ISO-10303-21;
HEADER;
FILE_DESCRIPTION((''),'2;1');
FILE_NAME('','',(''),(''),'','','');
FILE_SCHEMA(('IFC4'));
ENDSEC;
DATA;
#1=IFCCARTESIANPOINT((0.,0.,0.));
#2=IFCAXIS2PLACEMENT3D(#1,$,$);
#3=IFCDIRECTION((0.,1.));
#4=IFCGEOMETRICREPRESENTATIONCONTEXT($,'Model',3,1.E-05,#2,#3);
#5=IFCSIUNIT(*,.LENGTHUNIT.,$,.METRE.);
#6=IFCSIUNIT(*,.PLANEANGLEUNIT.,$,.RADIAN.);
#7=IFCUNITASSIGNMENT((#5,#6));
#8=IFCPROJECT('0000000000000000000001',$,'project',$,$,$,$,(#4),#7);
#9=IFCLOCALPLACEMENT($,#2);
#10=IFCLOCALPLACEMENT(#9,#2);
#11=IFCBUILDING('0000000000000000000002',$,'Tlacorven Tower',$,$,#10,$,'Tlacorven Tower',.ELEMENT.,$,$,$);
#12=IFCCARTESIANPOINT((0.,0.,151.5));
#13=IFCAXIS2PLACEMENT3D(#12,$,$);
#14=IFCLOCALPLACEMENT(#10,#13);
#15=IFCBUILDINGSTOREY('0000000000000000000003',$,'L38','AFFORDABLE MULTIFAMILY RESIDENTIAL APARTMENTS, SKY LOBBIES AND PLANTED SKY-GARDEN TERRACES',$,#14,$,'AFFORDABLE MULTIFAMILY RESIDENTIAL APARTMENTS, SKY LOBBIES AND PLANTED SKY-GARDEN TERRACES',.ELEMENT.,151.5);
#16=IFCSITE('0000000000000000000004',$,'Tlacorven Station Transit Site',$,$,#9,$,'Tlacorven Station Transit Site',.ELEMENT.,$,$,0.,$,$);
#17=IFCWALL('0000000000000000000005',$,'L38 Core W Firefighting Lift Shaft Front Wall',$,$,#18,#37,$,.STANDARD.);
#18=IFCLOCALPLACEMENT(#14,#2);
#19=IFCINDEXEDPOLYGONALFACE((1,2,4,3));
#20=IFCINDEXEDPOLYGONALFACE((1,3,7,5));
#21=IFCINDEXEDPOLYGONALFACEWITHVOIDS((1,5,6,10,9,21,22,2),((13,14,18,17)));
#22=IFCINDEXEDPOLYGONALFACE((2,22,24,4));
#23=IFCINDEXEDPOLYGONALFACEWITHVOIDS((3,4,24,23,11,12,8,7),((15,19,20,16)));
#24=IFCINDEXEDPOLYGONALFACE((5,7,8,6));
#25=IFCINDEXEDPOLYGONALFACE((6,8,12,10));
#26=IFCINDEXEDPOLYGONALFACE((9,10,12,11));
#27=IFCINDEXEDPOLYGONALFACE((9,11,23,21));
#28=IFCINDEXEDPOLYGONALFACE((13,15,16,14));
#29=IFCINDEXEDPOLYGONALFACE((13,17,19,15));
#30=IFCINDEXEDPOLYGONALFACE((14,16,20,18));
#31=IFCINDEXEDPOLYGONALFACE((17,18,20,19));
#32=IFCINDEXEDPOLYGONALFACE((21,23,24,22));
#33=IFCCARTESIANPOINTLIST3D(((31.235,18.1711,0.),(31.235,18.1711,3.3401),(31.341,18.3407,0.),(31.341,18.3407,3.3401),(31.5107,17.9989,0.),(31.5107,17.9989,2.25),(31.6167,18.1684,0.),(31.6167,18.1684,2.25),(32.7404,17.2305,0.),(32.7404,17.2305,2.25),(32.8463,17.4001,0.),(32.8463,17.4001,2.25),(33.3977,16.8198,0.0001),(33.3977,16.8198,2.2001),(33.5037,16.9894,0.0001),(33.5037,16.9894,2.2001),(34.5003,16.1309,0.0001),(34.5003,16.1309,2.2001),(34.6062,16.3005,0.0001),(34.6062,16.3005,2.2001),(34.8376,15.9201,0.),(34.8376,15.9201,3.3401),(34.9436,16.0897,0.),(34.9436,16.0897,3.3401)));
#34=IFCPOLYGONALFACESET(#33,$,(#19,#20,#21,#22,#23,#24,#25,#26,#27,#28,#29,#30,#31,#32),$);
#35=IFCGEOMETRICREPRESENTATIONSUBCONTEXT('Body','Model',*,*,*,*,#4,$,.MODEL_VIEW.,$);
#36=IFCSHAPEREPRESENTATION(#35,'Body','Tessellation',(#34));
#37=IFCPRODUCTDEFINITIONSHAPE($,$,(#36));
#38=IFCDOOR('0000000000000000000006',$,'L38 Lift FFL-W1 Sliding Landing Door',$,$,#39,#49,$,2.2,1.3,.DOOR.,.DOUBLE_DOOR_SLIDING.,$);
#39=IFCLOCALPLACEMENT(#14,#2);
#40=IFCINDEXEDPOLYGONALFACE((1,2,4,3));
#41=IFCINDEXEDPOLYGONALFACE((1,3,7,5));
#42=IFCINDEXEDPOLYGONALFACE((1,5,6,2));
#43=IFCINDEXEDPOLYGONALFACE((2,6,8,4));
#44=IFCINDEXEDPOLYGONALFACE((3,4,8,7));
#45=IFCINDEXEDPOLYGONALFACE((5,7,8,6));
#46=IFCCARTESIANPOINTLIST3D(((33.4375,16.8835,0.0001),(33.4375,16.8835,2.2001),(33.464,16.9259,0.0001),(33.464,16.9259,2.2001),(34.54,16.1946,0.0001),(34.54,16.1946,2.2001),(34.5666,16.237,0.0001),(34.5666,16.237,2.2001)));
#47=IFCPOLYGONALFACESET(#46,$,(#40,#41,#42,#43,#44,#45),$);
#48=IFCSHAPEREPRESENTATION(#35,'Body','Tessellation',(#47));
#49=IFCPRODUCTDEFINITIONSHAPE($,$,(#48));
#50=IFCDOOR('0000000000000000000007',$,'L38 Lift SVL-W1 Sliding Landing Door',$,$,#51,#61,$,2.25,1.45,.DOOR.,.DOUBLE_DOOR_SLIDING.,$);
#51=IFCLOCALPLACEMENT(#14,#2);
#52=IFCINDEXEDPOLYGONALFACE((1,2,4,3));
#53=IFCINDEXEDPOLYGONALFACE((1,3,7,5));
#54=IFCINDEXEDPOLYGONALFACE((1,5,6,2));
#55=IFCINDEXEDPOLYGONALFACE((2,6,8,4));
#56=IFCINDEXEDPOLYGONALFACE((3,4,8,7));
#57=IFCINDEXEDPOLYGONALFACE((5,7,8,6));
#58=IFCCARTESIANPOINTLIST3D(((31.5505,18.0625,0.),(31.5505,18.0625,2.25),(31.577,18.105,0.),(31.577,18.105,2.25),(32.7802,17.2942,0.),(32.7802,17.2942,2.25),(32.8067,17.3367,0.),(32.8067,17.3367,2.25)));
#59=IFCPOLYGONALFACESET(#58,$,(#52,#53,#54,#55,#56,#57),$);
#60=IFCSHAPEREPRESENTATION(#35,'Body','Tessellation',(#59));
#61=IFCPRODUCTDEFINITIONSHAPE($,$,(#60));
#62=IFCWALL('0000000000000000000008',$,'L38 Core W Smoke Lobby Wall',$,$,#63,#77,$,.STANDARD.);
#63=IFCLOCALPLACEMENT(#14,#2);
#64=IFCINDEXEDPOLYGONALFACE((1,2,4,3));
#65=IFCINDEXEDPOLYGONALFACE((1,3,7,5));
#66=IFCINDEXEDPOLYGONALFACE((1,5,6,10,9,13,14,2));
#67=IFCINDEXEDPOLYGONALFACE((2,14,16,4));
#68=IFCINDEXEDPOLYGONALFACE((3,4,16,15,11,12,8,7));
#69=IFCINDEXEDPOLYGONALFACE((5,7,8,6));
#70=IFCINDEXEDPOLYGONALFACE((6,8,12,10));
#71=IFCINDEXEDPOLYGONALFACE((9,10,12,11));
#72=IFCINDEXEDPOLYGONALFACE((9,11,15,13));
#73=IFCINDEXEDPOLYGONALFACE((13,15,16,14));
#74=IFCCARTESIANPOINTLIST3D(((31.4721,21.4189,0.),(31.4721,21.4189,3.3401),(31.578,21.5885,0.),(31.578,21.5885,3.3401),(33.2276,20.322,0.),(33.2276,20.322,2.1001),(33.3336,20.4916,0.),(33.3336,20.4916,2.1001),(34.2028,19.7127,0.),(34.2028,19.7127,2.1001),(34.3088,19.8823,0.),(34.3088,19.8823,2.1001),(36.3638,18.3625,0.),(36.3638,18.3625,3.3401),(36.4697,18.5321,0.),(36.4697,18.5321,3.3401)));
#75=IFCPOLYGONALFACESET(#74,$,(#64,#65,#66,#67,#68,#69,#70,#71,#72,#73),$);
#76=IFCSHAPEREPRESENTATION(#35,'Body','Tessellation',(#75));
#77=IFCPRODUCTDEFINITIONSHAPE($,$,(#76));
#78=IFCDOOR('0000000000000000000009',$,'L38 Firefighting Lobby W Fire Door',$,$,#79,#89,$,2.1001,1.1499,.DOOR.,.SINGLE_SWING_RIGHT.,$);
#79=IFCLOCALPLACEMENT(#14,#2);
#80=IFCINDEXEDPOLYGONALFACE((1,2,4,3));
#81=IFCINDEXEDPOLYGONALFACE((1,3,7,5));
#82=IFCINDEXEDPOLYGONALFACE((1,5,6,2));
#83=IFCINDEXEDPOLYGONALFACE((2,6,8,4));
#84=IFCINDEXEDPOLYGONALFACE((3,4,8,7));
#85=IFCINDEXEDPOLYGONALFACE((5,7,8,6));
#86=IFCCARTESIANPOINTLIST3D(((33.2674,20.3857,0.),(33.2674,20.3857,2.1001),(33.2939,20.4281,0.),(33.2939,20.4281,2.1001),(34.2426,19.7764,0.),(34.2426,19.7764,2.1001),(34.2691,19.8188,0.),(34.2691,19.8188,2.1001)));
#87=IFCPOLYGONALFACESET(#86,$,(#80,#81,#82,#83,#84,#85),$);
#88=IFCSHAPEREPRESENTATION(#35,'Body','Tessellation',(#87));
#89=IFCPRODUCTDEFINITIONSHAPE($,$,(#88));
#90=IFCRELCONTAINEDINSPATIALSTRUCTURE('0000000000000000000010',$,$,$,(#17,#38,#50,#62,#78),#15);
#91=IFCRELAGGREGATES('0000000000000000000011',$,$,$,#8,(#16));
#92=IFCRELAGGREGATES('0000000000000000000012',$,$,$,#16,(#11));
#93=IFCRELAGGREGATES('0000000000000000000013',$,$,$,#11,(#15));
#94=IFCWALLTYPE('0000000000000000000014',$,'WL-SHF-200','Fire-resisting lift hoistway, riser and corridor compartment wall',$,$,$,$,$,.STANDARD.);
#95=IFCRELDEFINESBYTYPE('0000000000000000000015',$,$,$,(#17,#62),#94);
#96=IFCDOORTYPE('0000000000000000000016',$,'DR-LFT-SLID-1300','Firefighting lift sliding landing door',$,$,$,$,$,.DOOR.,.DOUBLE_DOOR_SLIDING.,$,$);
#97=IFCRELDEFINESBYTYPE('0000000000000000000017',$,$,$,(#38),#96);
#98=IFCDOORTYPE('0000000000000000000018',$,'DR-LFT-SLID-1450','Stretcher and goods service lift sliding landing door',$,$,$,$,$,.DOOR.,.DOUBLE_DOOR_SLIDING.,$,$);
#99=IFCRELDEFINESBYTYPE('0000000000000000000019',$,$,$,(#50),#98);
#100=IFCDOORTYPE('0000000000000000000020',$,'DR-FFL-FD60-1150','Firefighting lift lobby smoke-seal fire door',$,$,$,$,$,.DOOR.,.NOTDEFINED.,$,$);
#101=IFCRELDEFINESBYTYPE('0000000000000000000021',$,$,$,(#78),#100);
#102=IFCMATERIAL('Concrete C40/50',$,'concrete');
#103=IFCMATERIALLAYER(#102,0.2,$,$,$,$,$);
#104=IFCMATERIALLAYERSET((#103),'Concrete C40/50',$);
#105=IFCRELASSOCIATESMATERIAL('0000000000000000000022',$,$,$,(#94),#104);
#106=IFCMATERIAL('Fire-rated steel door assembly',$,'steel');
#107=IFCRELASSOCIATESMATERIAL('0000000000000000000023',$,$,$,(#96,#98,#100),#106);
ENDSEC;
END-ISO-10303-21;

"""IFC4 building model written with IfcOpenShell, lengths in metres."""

from ifc_helpers import new_model, si_unit, direction, frame, frame_2d, origin, place, context, subcontext, project, spatial, rectangle, extrude, source, transform, mapped, material, layer, layer_set, type_object, element, fill, save


model = new_model("IFC4")

# Units and contexts
model_context = context("Model", 3, precision=1e-05, world=origin(), true_north=direction((0.0, 1.0)))
body_context = subcontext(model_context, "Body", "Model", "MODEL_VIEW")
ifc_project = project(units=[si_unit("LENGTHUNIT", "METRE"), si_unit("PLANEANGLEUNIT", "RADIAN")], contexts=[model_context])

# Site, building, storey
site_placement = place(None, origin())
site = spatial("IfcSite", under=ifc_project, at=site_placement, Name="Tlacorven Station Transit Site", LongName="Tlacorven Station Transit Site", CompositionType="ELEMENT", RefElevation=0.0)
building_placement = place(site_placement, origin())
building = spatial("IfcBuilding", under=site, at=building_placement, Name="Tlacorven Tower", LongName="Tlacorven Tower", CompositionType="ELEMENT")
storey_placement = place(building_placement, frame((0.0, 0.0, 151.5)))
storey = spatial("IfcBuildingStorey", under=building, at=storey_placement, Name="L38", Description="AFFORDABLE MULTIFAMILY RESIDENTIAL APARTMENTS, SKY LOBBIES AND PLANTED SKY-GARDEN TERRACES", LongName="AFFORDABLE MULTIFAMILY RESIDENTIAL APARTMENTS, SKY LOBBIES AND PLANTED SKY-GARDEN TERRACES", CompositionType="ELEMENT", Elevation=151.5)

# Shared definitions
ifc_material_1 = material(Name="Fire-rated steel door assembly", Category="steel")

# Wall, openings, doors
ifc_material_2 = material(Name="Concrete C40/50", Category="concrete")
ifc_layer_1 = layer(ifc_material_2, 0.2)
ifc_layer_set_1 = layer_set([ifc_layer_1], Name="Concrete C40/50")
wall_type_1 = type_object("IfcWallType", Name="WL-SHF-200", Description="Fire-resisting lift hoistway, riser and corridor compartment wall", PredefinedType="STANDARD", material=ifc_layer_set_1)
wall_1_placement = place(storey_placement, frame((34.8906, 16.0049, 0.0), z_axis=(0.0, 0.0, 1.0), x_axis=(-0.848063, 0.529896, 0.0)))
wall_1 = element("IfcWall", 1, at=wall_1_placement, inside=storey, type_object=wall_type_1, Name="L38 Core W Firefighting Lift Shaft Front Wall", PredefinedType="STANDARD", context=body_context, shape_type="SweptSolid", body=[
    extrude(rectangle(XDim=4.248, YDim=0.2, at=frame_2d((2.124, 0.0))), origin(), (0.0, 0.0, 1.0), 3.3401),
])
opening_1_placement = place(wall_1_placement, frame((0.3979, 0.0, 0.0)))
opening_1 = element("IfcOpeningElement", 2, at=opening_1_placement, cuts=wall_1, PredefinedType="OPENING", context=body_context, shape_type="SweptSolid", body=[
    extrude(rectangle(XDim=1.3, YDim=2.2, at=frame_2d((0.6499, 1.1001))), frame((0.0, 0.1099, 0.0), z_axis=(0.0, -1.0, 0.0), x_axis=(1.0, 0.0, 0.0)), (0.0, 0.0, 1.0), 0.22),
])
opening_2_placement = place(wall_1_placement, frame((2.4729, 0.0, 0.0)))
opening_2 = element("IfcOpeningElement", 3, at=opening_2_placement, cuts=wall_1, PredefinedType="OPENING", context=body_context, shape_type="SweptSolid", body=[
    extrude(rectangle(XDim=1.45, YDim=2.25, at=frame_2d((0.7251, 1.125))), frame((0.0, 0.1099, 0.0), z_axis=(0.0, -1.0, 0.0), x_axis=(1.0, 0.0, 0.0)), (0.0, 0.0, 1.0), 0.22),
])
door_type_1 = type_object("IfcDoorType", Name="DR-LFT-SLID-1300", Description="Firefighting lift sliding landing door", OperationType="DOUBLE_DOOR_SLIDING", PredefinedType="DOOR", material=ifc_material_1)
shared_shape_1 = source(origin(), body_context, "Body", "SweptSolid", [
    extrude(rectangle(XDim=1.3, YDim=2.2, at=frame_2d((0.6499, 1.1001))), frame((0.0, 0.0249, 0.0), z_axis=(0.0, -1.0, 0.0), x_axis=(1.0, 0.0, 0.0)), (0.0, 0.0, 1.0), 0.05),
])
door_1_placement = place(opening_1_placement, origin())
door_1 = element("IfcDoor", 4, at=door_1_placement, inside=storey, type_object=door_type_1, Name="L38 Lift FFL-W1 Sliding Landing Door", OperationType="DOUBLE_DOOR_SLIDING", OverallHeight=2.2, OverallWidth=1.3, PredefinedType="DOOR", context=body_context, shape_type="MappedRepresentation", body=[
    mapped(shared_shape_1, transform((0.0, 0.0, 0.0), scale=1.0)),
])
fill(opening_1, door_1)
door_type_2 = type_object("IfcDoorType", Name="DR-LFT-SLID-1450", Description="Stretcher and goods service lift sliding landing door", OperationType="DOUBLE_DOOR_SLIDING", PredefinedType="DOOR", material=ifc_material_1)
shared_shape_2 = source(origin(), body_context, "Body", "SweptSolid", [
    extrude(rectangle(XDim=1.45, YDim=2.25, at=frame_2d((0.7251, 1.125))), frame((0.0, 0.0249, 0.0), z_axis=(0.0, -1.0, 0.0), x_axis=(1.0, 0.0, 0.0)), (0.0, 0.0, 1.0), 0.05),
])
door_2_placement = place(opening_2_placement, origin())
door_2 = element("IfcDoor", 5, at=door_2_placement, inside=storey, type_object=door_type_2, Name="L38 Lift SVL-W1 Sliding Landing Door", OperationType="DOUBLE_DOOR_SLIDING", OverallHeight=2.25, OverallWidth=1.45, PredefinedType="DOOR", context=body_context, shape_type="MappedRepresentation", body=[
    mapped(shared_shape_2, transform((0.0, 0.0, 0.0), scale=1.0)),
])
fill(opening_2, door_2)

# Wall, opening, door
wall_2_placement = place(storey_placement, frame((36.4167, 18.4473, 0.0), z_axis=(0.0, 0.0, 1.0), x_axis=(-0.848065, 0.529892, 0.0)))
wall_2 = element("IfcWall", 6, at=wall_2_placement, inside=storey, type_object=wall_type_1, Name="L38 Core W Smoke Lobby Wall", PredefinedType="STANDARD", context=body_context, shape_type="SweptSolid", body=[
    extrude(rectangle(XDim=5.7681, YDim=0.2, at=frame_2d((2.884, 0.0))), origin(), (0.0, 0.0, 1.0), 3.3401),
])
opening_3_placement = place(wall_2_placement, frame((2.5481, 0.0, 0.0)))
opening_3 = element("IfcOpeningElement", 7, at=opening_3_placement, cuts=wall_2, PredefinedType="OPENING", context=body_context, shape_type="SweptSolid", body=[
    extrude(rectangle(XDim=1.1499, YDim=2.1001, at=frame_2d((0.575, 1.05))), frame((0.0, 0.1099, 0.0), z_axis=(0.0, -1.0, 0.0), x_axis=(1.0, 0.0, 0.0)), (0.0, 0.0, 1.0), 0.22),
])
door_type_3 = type_object("IfcDoorType", Name="DR-FFL-FD60-1150", Description="Firefighting lift lobby smoke-seal fire door", OperationType="NOTDEFINED", PredefinedType="DOOR", material=ifc_material_1)
shared_shape_3 = source(origin(), body_context, "Body", "SweptSolid", [
    extrude(rectangle(XDim=1.1499, YDim=2.1001, at=frame_2d((0.575, 1.05))), frame((0.0, 0.0249, 0.0), z_axis=(0.0, -1.0, 0.0), x_axis=(1.0, 0.0, 0.0)), (0.0, 0.0, 1.0), 0.05),
])
door_3_placement = place(opening_3_placement, origin())
door_3 = element("IfcDoor", 8, at=door_3_placement, inside=storey, type_object=door_type_3, Name="L38 Firefighting Lobby W Fire Door", OperationType="SINGLE_SWING_RIGHT", OverallHeight=2.1001, OverallWidth=1.1499, PredefinedType="DOOR", context=body_context, shape_type="MappedRepresentation", body=[
    mapped(shared_shape_3, transform((0.0, 0.0, 0.0), scale=1.0)),
])
fill(opening_3, door_3)

save(model, "model.ifc")
